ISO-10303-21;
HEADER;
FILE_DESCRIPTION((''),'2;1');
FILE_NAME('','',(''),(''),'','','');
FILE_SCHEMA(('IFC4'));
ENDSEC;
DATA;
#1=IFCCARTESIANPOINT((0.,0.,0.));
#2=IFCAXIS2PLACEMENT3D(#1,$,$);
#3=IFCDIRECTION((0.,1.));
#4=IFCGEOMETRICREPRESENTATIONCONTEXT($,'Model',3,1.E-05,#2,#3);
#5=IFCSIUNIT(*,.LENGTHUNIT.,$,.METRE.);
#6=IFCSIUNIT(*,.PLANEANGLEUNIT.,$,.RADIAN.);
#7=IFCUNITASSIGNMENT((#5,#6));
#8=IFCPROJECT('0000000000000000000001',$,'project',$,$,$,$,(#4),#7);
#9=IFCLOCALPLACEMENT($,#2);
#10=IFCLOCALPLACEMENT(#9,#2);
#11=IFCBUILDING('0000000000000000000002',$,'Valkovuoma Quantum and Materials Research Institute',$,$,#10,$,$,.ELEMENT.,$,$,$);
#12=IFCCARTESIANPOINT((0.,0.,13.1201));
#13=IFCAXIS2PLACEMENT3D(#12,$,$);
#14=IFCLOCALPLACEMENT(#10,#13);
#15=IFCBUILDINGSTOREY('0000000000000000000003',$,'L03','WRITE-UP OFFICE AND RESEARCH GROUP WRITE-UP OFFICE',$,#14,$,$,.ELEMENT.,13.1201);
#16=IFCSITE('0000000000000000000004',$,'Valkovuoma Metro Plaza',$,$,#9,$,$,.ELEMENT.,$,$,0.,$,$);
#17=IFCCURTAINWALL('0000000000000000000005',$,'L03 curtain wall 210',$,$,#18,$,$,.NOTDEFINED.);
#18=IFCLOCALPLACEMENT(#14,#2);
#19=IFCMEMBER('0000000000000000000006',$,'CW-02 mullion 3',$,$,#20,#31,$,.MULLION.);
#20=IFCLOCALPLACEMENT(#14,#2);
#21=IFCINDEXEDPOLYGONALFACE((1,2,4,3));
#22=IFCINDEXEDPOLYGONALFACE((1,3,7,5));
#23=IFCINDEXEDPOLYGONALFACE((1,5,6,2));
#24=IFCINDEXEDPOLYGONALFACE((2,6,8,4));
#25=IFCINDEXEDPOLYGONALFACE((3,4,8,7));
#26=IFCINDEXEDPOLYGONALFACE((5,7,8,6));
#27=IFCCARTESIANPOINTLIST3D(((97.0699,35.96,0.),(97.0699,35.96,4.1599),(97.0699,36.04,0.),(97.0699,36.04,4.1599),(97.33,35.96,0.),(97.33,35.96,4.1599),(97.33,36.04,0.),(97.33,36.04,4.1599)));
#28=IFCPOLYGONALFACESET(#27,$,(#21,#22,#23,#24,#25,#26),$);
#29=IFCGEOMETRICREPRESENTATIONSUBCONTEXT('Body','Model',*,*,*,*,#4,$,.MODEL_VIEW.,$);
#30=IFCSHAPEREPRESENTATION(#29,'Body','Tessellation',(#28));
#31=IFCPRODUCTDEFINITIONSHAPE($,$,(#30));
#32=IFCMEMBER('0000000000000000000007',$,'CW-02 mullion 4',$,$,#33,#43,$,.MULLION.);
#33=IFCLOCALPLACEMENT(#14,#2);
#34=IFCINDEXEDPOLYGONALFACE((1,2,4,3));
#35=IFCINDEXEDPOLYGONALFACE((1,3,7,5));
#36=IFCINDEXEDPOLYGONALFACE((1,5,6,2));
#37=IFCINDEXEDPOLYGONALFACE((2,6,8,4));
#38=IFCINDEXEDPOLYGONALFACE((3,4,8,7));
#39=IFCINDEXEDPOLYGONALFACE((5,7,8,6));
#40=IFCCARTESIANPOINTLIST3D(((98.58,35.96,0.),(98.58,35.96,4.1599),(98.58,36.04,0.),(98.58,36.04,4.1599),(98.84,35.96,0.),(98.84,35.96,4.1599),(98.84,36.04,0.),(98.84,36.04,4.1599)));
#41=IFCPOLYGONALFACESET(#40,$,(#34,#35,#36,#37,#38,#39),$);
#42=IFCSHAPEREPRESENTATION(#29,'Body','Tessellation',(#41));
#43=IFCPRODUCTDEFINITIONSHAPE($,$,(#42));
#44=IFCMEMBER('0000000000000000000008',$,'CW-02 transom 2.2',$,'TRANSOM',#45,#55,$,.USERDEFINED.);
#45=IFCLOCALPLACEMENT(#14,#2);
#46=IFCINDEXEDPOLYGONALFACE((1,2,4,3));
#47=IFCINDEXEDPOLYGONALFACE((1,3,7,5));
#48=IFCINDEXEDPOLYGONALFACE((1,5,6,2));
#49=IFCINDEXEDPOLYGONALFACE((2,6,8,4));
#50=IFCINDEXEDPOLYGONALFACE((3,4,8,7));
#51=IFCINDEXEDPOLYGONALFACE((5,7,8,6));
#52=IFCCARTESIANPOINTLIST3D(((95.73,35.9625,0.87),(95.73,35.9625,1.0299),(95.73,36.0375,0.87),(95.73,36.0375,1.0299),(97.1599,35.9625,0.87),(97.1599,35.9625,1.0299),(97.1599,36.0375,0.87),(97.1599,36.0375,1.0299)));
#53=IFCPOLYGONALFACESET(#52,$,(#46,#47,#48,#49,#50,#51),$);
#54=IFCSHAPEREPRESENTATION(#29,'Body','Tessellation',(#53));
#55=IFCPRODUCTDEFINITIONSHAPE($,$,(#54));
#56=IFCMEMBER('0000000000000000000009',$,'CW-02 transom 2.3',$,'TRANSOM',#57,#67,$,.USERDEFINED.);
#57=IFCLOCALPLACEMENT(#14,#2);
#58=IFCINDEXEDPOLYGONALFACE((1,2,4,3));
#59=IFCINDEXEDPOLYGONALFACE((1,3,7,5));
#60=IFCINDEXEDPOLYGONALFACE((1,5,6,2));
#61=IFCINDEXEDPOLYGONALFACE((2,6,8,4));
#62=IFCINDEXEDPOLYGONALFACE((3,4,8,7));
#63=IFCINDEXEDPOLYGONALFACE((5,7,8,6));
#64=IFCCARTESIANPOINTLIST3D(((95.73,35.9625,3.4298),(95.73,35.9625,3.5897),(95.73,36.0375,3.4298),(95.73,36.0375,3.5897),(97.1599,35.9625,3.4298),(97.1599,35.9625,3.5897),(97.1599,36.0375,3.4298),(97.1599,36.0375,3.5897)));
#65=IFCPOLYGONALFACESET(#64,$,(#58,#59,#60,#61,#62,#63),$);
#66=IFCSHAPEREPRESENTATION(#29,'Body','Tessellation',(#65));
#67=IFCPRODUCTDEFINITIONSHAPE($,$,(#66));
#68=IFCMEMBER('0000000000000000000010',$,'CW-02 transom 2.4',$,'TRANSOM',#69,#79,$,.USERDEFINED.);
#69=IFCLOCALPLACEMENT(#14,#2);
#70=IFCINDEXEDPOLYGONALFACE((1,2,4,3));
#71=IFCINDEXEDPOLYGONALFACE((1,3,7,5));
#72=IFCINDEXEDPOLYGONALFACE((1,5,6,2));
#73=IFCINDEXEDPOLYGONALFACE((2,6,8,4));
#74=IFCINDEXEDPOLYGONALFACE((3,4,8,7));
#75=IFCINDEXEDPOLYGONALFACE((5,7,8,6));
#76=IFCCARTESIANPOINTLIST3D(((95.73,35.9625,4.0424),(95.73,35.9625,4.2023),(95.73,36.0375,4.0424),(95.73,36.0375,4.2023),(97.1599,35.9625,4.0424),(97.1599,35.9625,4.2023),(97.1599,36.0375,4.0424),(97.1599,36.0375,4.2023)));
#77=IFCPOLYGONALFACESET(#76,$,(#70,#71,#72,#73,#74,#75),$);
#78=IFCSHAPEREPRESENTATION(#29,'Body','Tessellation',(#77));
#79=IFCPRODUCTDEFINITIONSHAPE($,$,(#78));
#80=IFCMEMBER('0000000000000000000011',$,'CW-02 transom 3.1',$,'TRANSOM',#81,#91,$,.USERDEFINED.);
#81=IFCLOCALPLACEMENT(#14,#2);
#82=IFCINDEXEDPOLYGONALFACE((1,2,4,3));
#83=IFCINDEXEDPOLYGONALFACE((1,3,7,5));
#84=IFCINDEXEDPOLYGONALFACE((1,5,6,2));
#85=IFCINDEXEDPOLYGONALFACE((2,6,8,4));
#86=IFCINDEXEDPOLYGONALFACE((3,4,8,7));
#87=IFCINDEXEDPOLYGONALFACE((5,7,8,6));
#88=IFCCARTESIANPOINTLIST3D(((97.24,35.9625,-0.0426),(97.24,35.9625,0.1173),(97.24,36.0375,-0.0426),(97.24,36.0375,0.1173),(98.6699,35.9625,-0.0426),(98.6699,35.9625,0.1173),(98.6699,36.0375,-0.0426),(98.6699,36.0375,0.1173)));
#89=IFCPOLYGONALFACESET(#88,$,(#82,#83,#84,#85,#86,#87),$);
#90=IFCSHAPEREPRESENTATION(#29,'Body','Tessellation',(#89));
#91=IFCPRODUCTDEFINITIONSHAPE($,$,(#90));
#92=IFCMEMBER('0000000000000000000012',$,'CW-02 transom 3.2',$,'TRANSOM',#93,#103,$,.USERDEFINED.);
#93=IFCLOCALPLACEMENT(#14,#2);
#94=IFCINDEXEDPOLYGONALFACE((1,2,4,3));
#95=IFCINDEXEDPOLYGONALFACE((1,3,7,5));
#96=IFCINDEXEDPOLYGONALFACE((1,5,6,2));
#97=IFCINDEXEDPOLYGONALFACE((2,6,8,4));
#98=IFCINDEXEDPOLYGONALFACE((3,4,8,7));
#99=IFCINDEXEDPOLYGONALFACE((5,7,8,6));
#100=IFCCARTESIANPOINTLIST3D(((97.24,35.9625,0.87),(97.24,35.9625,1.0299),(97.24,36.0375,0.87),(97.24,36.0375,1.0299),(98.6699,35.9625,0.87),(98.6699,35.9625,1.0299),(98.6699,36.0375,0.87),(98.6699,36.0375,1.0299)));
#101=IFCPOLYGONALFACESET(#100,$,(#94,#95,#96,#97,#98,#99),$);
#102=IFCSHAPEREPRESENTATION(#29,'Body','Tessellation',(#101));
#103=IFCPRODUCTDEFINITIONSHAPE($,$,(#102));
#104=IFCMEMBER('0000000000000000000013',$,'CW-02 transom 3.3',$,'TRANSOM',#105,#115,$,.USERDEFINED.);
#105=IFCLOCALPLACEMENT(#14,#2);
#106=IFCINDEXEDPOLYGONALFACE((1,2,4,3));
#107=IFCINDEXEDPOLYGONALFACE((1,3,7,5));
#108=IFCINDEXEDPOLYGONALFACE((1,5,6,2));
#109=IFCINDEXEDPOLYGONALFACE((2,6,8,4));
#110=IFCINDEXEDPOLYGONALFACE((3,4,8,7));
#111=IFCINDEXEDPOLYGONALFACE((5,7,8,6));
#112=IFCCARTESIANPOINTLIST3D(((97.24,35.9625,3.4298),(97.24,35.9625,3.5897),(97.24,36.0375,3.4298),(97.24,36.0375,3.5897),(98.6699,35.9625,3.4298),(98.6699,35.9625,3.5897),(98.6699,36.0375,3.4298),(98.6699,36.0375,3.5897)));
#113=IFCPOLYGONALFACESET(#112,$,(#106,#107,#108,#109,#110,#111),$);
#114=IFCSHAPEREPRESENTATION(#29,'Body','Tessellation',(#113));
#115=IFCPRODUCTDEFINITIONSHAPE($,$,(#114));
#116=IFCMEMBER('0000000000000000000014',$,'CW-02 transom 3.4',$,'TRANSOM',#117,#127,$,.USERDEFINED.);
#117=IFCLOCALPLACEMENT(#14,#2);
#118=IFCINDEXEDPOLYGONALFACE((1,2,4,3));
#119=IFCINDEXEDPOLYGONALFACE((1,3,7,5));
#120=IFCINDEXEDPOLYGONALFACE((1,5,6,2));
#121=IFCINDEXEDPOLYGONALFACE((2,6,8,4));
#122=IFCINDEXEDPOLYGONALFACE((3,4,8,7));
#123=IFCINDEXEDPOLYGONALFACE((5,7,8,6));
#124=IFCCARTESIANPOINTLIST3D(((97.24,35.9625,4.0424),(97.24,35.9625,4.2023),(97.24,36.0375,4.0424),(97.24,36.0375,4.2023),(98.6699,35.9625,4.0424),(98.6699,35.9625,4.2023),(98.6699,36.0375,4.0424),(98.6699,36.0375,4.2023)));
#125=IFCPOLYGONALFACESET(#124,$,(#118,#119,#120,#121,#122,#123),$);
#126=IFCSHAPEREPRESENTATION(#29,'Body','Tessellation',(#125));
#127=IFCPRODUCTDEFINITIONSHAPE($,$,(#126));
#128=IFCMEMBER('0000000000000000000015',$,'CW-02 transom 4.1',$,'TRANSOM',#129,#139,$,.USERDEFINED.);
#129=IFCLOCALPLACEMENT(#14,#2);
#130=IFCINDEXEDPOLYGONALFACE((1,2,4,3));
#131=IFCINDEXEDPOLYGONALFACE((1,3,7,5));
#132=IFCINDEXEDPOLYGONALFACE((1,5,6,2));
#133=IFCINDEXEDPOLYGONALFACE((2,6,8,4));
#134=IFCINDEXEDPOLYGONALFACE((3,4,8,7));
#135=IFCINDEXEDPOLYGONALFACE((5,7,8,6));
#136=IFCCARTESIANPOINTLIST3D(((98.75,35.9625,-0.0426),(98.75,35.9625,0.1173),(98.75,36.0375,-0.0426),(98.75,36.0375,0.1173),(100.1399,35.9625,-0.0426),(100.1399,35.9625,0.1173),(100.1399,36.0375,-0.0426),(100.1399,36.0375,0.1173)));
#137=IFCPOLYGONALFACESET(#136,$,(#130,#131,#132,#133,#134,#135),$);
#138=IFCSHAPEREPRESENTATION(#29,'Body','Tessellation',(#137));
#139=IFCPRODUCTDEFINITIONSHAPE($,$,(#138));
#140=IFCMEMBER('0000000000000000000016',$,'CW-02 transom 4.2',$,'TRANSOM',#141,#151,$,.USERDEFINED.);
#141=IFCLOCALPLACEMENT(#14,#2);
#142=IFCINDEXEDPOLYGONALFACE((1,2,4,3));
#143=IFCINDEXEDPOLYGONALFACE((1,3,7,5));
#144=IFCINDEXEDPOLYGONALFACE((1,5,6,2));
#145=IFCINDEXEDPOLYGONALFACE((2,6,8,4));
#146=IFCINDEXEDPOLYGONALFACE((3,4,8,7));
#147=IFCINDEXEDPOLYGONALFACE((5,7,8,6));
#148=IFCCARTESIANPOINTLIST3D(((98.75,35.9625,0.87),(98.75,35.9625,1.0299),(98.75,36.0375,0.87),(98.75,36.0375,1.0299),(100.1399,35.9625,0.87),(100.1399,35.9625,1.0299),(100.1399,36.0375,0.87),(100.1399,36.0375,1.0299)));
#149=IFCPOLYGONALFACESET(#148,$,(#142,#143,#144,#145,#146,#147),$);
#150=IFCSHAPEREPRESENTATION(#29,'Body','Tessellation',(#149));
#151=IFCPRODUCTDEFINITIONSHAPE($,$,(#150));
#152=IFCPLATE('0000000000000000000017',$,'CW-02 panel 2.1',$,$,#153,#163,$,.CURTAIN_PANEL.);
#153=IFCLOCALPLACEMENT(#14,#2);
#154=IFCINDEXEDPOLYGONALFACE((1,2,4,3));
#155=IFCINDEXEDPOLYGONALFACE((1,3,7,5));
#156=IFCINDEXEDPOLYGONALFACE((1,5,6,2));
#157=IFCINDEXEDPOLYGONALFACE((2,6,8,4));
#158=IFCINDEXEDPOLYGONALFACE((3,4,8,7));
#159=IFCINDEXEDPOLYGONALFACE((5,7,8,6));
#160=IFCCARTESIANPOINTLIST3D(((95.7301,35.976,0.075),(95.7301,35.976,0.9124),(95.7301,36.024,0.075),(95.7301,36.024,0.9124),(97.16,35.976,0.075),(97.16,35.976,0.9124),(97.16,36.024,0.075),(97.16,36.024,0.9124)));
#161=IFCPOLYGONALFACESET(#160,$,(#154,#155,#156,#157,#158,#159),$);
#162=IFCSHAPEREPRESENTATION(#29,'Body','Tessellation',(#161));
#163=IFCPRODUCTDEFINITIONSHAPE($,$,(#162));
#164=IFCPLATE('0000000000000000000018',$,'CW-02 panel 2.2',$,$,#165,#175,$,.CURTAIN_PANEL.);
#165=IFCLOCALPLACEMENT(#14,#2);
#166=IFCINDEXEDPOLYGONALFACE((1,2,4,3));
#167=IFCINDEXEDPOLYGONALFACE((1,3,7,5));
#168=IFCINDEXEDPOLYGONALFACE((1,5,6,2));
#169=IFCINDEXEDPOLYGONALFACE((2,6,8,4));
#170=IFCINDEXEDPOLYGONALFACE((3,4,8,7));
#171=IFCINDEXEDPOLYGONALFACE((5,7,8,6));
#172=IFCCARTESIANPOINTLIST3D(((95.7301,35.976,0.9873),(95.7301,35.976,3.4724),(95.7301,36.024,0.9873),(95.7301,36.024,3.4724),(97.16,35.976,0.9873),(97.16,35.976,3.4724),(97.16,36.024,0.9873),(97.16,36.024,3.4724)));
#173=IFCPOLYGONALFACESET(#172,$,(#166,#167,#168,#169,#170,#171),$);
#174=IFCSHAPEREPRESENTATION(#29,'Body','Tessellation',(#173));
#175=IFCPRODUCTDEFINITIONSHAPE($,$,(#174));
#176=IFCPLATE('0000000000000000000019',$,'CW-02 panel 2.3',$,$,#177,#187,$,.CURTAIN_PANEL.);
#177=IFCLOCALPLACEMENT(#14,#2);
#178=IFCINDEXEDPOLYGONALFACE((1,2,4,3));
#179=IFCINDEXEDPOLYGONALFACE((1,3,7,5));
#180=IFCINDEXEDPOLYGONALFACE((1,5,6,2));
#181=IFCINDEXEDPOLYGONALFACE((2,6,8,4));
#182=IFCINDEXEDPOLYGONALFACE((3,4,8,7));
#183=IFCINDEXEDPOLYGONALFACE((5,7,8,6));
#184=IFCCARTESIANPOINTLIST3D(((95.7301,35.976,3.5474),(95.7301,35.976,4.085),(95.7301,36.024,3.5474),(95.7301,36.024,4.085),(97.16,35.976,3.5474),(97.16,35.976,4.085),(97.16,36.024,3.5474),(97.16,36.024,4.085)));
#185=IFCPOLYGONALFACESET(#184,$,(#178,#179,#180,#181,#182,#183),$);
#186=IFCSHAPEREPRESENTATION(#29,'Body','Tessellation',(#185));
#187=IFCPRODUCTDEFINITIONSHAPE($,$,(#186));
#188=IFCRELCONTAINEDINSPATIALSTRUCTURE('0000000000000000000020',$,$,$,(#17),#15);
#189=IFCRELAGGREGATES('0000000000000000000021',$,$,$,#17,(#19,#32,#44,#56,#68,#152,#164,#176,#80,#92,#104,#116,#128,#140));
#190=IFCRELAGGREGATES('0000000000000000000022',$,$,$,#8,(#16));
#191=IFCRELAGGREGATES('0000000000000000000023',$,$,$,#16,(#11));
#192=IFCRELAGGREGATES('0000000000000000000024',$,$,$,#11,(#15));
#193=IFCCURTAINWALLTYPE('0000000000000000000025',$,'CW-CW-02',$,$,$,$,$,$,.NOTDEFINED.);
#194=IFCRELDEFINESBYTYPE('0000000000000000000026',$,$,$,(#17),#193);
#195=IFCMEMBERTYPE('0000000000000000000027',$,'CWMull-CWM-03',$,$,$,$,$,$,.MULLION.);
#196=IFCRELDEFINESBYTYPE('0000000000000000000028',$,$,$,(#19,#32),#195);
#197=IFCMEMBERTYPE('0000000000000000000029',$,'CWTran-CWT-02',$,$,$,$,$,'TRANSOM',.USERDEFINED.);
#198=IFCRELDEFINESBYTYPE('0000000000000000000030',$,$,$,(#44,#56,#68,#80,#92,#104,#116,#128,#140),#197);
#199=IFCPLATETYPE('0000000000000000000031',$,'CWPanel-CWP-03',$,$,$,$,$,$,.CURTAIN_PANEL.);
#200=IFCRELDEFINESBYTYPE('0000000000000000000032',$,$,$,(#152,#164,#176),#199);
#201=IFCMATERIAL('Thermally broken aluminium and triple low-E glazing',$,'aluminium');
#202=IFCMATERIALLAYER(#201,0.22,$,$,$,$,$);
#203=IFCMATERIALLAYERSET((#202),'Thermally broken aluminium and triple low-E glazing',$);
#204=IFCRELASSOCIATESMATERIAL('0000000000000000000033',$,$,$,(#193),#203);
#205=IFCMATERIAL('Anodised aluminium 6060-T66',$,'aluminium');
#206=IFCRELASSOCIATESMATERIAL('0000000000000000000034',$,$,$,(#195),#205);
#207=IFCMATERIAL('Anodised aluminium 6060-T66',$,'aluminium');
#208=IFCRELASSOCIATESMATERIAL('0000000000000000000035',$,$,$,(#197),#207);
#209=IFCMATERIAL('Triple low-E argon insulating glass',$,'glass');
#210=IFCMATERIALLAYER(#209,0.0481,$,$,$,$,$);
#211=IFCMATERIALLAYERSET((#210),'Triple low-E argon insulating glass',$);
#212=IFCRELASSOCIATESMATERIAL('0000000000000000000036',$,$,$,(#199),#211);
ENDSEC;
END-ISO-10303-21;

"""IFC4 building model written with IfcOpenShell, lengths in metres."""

from ifc_helpers import new_model, si_unit, direction, frame, origin, origin_2d, place, context, subcontext, project, spatial, rectangle, extrude, material, layer, layer_set, material_profile, profile_set, type_object, element, aggregate, save


model = new_model("IFC4")

# Units and contexts
model_context = context("Model", 3, precision=1e-05, world=origin(), true_north=direction((0.0, 1.0)))
body_context = subcontext(model_context, "Body", "Model", "MODEL_VIEW")
ifc_project = project(units=[si_unit("LENGTHUNIT", "METRE"), si_unit("PLANEANGLEUNIT", "RADIAN")], contexts=[model_context])

# Site, building, storey
site_placement = place(None, origin())
site = spatial("IfcSite", under=ifc_project, at=site_placement, Name="Valkovuoma Metro Plaza", CompositionType="ELEMENT", RefElevation=0.0)
building_placement = place(site_placement, origin())
building = spatial("IfcBuilding", under=site, at=building_placement, Name="Valkovuoma Quantum and Materials Research Institute", CompositionType="ELEMENT")
storey_placement = place(building_placement, frame((0.0, 0.0, 13.1201)))
storey = spatial("IfcBuildingStorey", under=building, at=storey_placement, Name="L03", Description="WRITE-UP OFFICE AND RESEARCH GROUP WRITE-UP OFFICE", CompositionType="ELEMENT", Elevation=13.1201)

# Curtain wall, members, plates
ifc_material_1 = material(Name="Thermally broken aluminium and triple low-E glazing", Category="aluminium")
ifc_layer_1 = layer(ifc_material_1, 0.22)
ifc_layer_set_1 = layer_set([ifc_layer_1], Name="Thermally broken aluminium and triple low-E glazing")
curtain_wall_type = type_object("IfcCurtainWallType", Name="CW-CW-02", PredefinedType="NOTDEFINED", material=ifc_layer_set_1)
curtain_wall_placement = place(storey_placement, origin())
curtain_wall = element("IfcCurtainWall", 1, at=curtain_wall_placement, inside=storey, type_object=curtain_wall_type, Name="L03 curtain wall 210", PredefinedType="NOTDEFINED")
ifc_material_2 = material(Name="Anodised aluminium 6060-T66", Category="aluminium")
ifc_material_profile_1 = material_profile(ifc_material_2, rectangle(XDim=0.0801, YDim=0.26, at=origin_2d()), Name="Anodised aluminium 6060-T66")
ifc_profile_set_1 = profile_set([ifc_material_profile_1], Name="Anodised aluminium 6060-T66")
member_type_1 = type_object("IfcMemberType", Name="CWMull-CWM-03", PredefinedType="MULLION", material=ifc_profile_set_1)
member_1_placement = place(storey_placement, frame((97.2, 36.0, 0.0), z_axis=(0.0, 0.0, 1.0), x_axis=(0.0, 1.0, 0.0)))
member_1 = element("IfcMember", 2, at=member_1_placement, type_object=member_type_1, Name="CW-02 mullion 3", PredefinedType="MULLION", context=body_context, shape_type="SweptSolid", body=[
    extrude(rectangle(XDim=0.0801, YDim=0.26, at=origin_2d()), origin(), (0.0, 0.0, 1.0), 4.1599),
])
member_2_placement = place(storey_placement, frame((98.71, 36.0, 0.0), z_axis=(0.0, 0.0, 1.0), x_axis=(0.0, 1.0, 0.0)))
member_2 = element("IfcMember", 3, at=member_2_placement, type_object=member_type_1, Name="CW-02 mullion 4", PredefinedType="MULLION", context=body_context, shape_type="SweptSolid", body=[
    extrude(rectangle(XDim=0.0801, YDim=0.26, at=origin_2d()), origin(), (0.0, 0.0, 1.0), 4.1599),
])
ifc_material_3 = material(Name="Anodised aluminium 6060-T66", Category="aluminium")
ifc_material_profile_2 = material_profile(ifc_material_3, rectangle(XDim=0.075, YDim=0.1599, at=origin_2d()), Name="Anodised aluminium 6060-T66")
ifc_profile_set_2 = profile_set([ifc_material_profile_2], Name="Anodised aluminium 6060-T66")
member_type_2 = type_object("IfcMemberType", Name="CWTran-CWT-02", ElementType="TRANSOM", PredefinedType="USERDEFINED", material=ifc_profile_set_2)
member_3_placement = place(storey_placement, frame((95.73, 36.0, 0.95), z_axis=(1.0, 0.0, 0.0), x_axis=(0.0, 1.0, 0.0)))
member_3 = element("IfcMember", 4, at=member_3_placement, type_object=member_type_2, Name="CW-02 transom 2.2", ObjectType="TRANSOM", PredefinedType="USERDEFINED", context=body_context, shape_type="SweptSolid", body=[
    extrude(rectangle(XDim=0.075, YDim=0.1599, at=origin_2d()), origin(), (0.0, 0.0, 1.0), 1.4299),
])
member_4_placement = place(storey_placement, frame((95.73, 36.0, 3.5098), z_axis=(1.0, 0.0, 0.0), x_axis=(0.0, 1.0, 0.0)))
member_4 = element("IfcMember", 5, at=member_4_placement, type_object=member_type_2, Name="CW-02 transom 2.3", ObjectType="TRANSOM", PredefinedType="USERDEFINED", context=body_context, shape_type="SweptSolid", body=[
    extrude(rectangle(XDim=0.075, YDim=0.1599, at=origin_2d()), origin(), (0.0, 0.0, 1.0), 1.4299),
])
member_5_placement = place(storey_placement, frame((95.73, 36.0, 4.1223), z_axis=(1.0, 0.0, 0.0), x_axis=(0.0, 1.0, 0.0)))
member_5 = element("IfcMember", 6, at=member_5_placement, type_object=member_type_2, Name="CW-02 transom 2.4", ObjectType="TRANSOM", PredefinedType="USERDEFINED", context=body_context, shape_type="SweptSolid", body=[
    extrude(rectangle(XDim=0.075, YDim=0.1599, at=origin_2d()), origin(), (0.0, 0.0, 1.0), 1.4299),
])
member_6_placement = place(storey_placement, frame((97.24, 36.0, 0.0374), z_axis=(1.0, 0.0, 0.0), x_axis=(0.0, 1.0, 0.0)))
member_6 = element("IfcMember", 7, at=member_6_placement, type_object=member_type_2, Name="CW-02 transom 3.1", ObjectType="TRANSOM", PredefinedType="USERDEFINED", context=body_context, shape_type="SweptSolid", body=[
    extrude(rectangle(XDim=0.075, YDim=0.1599, at=origin_2d()), origin(), (0.0, 0.0, 1.0), 1.4299),
])
member_7_placement = place(storey_placement, frame((97.24, 36.0, 0.95), z_axis=(1.0, 0.0, 0.0), x_axis=(0.0, 1.0, 0.0)))
member_7 = element("IfcMember", 8, at=member_7_placement, type_object=member_type_2, Name="CW-02 transom 3.2", ObjectType="TRANSOM", PredefinedType="USERDEFINED", context=body_context, shape_type="SweptSolid", body=[
    extrude(rectangle(XDim=0.075, YDim=0.1599, at=origin_2d()), origin(), (0.0, 0.0, 1.0), 1.4299),
])
member_8_placement = place(storey_placement, frame((97.24, 36.0, 3.5098), z_axis=(1.0, 0.0, 0.0), x_axis=(0.0, 1.0, 0.0)))
member_8 = element("IfcMember", 9, at=member_8_placement, type_object=member_type_2, Name="CW-02 transom 3.3", ObjectType="TRANSOM", PredefinedType="USERDEFINED", context=body_context, shape_type="SweptSolid", body=[
    extrude(rectangle(XDim=0.075, YDim=0.1599, at=origin_2d()), origin(), (0.0, 0.0, 1.0), 1.4299),
])
member_9_placement = place(storey_placement, frame((97.24, 36.0, 4.1223), z_axis=(1.0, 0.0, 0.0), x_axis=(0.0, 1.0, 0.0)))
member_9 = element("IfcMember", 10, at=member_9_placement, type_object=member_type_2, Name="CW-02 transom 3.4", ObjectType="TRANSOM", PredefinedType="USERDEFINED", context=body_context, shape_type="SweptSolid", body=[
    extrude(rectangle(XDim=0.075, YDim=0.1599, at=origin_2d()), origin(), (0.0, 0.0, 1.0), 1.4299),
])
member_10_placement = place(storey_placement, frame((98.75, 36.0, 0.0374), z_axis=(1.0, 0.0, 0.0), x_axis=(0.0, 1.0, 0.0)))
member_10 = element("IfcMember", 11, at=member_10_placement, type_object=member_type_2, Name="CW-02 transom 4.1", ObjectType="TRANSOM", PredefinedType="USERDEFINED", context=body_context, shape_type="SweptSolid", body=[
    extrude(rectangle(XDim=0.075, YDim=0.1599, at=origin_2d()), origin(), (0.0, 0.0, 1.0), 1.3899),
])
member_11_placement = place(storey_placement, frame((98.75, 36.0, 0.95), z_axis=(1.0, 0.0, 0.0), x_axis=(0.0, 1.0, 0.0)))
member_11 = element("IfcMember", 12, at=member_11_placement, type_object=member_type_2, Name="CW-02 transom 4.2", ObjectType="TRANSOM", PredefinedType="USERDEFINED", context=body_context, shape_type="SweptSolid", body=[
    extrude(rectangle(XDim=0.075, YDim=0.1599, at=origin_2d()), origin(), (0.0, 0.0, 1.0), 1.3899),
])
ifc_material_4 = material(Name="Triple low-E argon insulating glass", Category="glass")
ifc_layer_2 = layer(ifc_material_4, 0.0481)
ifc_layer_set_2 = layer_set([ifc_layer_2], Name="Triple low-E argon insulating glass")
plate_type_1 = type_object("IfcPlateType", Name="CWPanel-CWP-03", PredefinedType="CURTAIN_PANEL", material=ifc_layer_set_2)
plate_1_placement = place(storey_placement, frame((96.4451, 36.0, 0.075), z_axis=(0.0, 0.0, 1.0), x_axis=(1.0, 0.0, 0.0)))
plate_1 = element("IfcPlate", 13, at=plate_1_placement, type_object=plate_type_1, Name="CW-02 panel 2.1", PredefinedType="CURTAIN_PANEL", context=body_context, shape_type="SweptSolid", body=[
    extrude(rectangle(XDim=1.4299, YDim=0.0481, at=origin_2d()), origin(), (0.0, 0.0, 1.0), 0.8374),
])
plate_2_placement = place(storey_placement, frame((96.4451, 36.0, 0.9873), z_axis=(0.0, 0.0, 1.0), x_axis=(1.0, 0.0, 0.0)))
plate_2 = element("IfcPlate", 14, at=plate_2_placement, type_object=plate_type_1, Name="CW-02 panel 2.2", PredefinedType="CURTAIN_PANEL", context=body_context, shape_type="SweptSolid", body=[
    extrude(rectangle(XDim=1.4299, YDim=0.0481, at=origin_2d()), origin(), (0.0, 0.0, 1.0), 2.4851),
])
plate_3_placement = place(storey_placement, frame((96.4451, 36.0, 3.5474), z_axis=(0.0, 0.0, 1.0), x_axis=(1.0, 0.0, 0.0)))
plate_3 = element("IfcPlate", 15, at=plate_3_placement, type_object=plate_type_1, Name="CW-02 panel 2.3", PredefinedType="CURTAIN_PANEL", context=body_context, shape_type="SweptSolid", body=[
    extrude(rectangle(XDim=1.4299, YDim=0.0481, at=origin_2d()), origin(), (0.0, 0.0, 1.0), 0.5376),
])
aggregate(curtain_wall, [member_1, member_2, member_3, member_4, member_5, plate_1, plate_2, plate_3, member_6, member_7, member_8, member_9, member_10, member_11])

save(model, "model.ifc")
